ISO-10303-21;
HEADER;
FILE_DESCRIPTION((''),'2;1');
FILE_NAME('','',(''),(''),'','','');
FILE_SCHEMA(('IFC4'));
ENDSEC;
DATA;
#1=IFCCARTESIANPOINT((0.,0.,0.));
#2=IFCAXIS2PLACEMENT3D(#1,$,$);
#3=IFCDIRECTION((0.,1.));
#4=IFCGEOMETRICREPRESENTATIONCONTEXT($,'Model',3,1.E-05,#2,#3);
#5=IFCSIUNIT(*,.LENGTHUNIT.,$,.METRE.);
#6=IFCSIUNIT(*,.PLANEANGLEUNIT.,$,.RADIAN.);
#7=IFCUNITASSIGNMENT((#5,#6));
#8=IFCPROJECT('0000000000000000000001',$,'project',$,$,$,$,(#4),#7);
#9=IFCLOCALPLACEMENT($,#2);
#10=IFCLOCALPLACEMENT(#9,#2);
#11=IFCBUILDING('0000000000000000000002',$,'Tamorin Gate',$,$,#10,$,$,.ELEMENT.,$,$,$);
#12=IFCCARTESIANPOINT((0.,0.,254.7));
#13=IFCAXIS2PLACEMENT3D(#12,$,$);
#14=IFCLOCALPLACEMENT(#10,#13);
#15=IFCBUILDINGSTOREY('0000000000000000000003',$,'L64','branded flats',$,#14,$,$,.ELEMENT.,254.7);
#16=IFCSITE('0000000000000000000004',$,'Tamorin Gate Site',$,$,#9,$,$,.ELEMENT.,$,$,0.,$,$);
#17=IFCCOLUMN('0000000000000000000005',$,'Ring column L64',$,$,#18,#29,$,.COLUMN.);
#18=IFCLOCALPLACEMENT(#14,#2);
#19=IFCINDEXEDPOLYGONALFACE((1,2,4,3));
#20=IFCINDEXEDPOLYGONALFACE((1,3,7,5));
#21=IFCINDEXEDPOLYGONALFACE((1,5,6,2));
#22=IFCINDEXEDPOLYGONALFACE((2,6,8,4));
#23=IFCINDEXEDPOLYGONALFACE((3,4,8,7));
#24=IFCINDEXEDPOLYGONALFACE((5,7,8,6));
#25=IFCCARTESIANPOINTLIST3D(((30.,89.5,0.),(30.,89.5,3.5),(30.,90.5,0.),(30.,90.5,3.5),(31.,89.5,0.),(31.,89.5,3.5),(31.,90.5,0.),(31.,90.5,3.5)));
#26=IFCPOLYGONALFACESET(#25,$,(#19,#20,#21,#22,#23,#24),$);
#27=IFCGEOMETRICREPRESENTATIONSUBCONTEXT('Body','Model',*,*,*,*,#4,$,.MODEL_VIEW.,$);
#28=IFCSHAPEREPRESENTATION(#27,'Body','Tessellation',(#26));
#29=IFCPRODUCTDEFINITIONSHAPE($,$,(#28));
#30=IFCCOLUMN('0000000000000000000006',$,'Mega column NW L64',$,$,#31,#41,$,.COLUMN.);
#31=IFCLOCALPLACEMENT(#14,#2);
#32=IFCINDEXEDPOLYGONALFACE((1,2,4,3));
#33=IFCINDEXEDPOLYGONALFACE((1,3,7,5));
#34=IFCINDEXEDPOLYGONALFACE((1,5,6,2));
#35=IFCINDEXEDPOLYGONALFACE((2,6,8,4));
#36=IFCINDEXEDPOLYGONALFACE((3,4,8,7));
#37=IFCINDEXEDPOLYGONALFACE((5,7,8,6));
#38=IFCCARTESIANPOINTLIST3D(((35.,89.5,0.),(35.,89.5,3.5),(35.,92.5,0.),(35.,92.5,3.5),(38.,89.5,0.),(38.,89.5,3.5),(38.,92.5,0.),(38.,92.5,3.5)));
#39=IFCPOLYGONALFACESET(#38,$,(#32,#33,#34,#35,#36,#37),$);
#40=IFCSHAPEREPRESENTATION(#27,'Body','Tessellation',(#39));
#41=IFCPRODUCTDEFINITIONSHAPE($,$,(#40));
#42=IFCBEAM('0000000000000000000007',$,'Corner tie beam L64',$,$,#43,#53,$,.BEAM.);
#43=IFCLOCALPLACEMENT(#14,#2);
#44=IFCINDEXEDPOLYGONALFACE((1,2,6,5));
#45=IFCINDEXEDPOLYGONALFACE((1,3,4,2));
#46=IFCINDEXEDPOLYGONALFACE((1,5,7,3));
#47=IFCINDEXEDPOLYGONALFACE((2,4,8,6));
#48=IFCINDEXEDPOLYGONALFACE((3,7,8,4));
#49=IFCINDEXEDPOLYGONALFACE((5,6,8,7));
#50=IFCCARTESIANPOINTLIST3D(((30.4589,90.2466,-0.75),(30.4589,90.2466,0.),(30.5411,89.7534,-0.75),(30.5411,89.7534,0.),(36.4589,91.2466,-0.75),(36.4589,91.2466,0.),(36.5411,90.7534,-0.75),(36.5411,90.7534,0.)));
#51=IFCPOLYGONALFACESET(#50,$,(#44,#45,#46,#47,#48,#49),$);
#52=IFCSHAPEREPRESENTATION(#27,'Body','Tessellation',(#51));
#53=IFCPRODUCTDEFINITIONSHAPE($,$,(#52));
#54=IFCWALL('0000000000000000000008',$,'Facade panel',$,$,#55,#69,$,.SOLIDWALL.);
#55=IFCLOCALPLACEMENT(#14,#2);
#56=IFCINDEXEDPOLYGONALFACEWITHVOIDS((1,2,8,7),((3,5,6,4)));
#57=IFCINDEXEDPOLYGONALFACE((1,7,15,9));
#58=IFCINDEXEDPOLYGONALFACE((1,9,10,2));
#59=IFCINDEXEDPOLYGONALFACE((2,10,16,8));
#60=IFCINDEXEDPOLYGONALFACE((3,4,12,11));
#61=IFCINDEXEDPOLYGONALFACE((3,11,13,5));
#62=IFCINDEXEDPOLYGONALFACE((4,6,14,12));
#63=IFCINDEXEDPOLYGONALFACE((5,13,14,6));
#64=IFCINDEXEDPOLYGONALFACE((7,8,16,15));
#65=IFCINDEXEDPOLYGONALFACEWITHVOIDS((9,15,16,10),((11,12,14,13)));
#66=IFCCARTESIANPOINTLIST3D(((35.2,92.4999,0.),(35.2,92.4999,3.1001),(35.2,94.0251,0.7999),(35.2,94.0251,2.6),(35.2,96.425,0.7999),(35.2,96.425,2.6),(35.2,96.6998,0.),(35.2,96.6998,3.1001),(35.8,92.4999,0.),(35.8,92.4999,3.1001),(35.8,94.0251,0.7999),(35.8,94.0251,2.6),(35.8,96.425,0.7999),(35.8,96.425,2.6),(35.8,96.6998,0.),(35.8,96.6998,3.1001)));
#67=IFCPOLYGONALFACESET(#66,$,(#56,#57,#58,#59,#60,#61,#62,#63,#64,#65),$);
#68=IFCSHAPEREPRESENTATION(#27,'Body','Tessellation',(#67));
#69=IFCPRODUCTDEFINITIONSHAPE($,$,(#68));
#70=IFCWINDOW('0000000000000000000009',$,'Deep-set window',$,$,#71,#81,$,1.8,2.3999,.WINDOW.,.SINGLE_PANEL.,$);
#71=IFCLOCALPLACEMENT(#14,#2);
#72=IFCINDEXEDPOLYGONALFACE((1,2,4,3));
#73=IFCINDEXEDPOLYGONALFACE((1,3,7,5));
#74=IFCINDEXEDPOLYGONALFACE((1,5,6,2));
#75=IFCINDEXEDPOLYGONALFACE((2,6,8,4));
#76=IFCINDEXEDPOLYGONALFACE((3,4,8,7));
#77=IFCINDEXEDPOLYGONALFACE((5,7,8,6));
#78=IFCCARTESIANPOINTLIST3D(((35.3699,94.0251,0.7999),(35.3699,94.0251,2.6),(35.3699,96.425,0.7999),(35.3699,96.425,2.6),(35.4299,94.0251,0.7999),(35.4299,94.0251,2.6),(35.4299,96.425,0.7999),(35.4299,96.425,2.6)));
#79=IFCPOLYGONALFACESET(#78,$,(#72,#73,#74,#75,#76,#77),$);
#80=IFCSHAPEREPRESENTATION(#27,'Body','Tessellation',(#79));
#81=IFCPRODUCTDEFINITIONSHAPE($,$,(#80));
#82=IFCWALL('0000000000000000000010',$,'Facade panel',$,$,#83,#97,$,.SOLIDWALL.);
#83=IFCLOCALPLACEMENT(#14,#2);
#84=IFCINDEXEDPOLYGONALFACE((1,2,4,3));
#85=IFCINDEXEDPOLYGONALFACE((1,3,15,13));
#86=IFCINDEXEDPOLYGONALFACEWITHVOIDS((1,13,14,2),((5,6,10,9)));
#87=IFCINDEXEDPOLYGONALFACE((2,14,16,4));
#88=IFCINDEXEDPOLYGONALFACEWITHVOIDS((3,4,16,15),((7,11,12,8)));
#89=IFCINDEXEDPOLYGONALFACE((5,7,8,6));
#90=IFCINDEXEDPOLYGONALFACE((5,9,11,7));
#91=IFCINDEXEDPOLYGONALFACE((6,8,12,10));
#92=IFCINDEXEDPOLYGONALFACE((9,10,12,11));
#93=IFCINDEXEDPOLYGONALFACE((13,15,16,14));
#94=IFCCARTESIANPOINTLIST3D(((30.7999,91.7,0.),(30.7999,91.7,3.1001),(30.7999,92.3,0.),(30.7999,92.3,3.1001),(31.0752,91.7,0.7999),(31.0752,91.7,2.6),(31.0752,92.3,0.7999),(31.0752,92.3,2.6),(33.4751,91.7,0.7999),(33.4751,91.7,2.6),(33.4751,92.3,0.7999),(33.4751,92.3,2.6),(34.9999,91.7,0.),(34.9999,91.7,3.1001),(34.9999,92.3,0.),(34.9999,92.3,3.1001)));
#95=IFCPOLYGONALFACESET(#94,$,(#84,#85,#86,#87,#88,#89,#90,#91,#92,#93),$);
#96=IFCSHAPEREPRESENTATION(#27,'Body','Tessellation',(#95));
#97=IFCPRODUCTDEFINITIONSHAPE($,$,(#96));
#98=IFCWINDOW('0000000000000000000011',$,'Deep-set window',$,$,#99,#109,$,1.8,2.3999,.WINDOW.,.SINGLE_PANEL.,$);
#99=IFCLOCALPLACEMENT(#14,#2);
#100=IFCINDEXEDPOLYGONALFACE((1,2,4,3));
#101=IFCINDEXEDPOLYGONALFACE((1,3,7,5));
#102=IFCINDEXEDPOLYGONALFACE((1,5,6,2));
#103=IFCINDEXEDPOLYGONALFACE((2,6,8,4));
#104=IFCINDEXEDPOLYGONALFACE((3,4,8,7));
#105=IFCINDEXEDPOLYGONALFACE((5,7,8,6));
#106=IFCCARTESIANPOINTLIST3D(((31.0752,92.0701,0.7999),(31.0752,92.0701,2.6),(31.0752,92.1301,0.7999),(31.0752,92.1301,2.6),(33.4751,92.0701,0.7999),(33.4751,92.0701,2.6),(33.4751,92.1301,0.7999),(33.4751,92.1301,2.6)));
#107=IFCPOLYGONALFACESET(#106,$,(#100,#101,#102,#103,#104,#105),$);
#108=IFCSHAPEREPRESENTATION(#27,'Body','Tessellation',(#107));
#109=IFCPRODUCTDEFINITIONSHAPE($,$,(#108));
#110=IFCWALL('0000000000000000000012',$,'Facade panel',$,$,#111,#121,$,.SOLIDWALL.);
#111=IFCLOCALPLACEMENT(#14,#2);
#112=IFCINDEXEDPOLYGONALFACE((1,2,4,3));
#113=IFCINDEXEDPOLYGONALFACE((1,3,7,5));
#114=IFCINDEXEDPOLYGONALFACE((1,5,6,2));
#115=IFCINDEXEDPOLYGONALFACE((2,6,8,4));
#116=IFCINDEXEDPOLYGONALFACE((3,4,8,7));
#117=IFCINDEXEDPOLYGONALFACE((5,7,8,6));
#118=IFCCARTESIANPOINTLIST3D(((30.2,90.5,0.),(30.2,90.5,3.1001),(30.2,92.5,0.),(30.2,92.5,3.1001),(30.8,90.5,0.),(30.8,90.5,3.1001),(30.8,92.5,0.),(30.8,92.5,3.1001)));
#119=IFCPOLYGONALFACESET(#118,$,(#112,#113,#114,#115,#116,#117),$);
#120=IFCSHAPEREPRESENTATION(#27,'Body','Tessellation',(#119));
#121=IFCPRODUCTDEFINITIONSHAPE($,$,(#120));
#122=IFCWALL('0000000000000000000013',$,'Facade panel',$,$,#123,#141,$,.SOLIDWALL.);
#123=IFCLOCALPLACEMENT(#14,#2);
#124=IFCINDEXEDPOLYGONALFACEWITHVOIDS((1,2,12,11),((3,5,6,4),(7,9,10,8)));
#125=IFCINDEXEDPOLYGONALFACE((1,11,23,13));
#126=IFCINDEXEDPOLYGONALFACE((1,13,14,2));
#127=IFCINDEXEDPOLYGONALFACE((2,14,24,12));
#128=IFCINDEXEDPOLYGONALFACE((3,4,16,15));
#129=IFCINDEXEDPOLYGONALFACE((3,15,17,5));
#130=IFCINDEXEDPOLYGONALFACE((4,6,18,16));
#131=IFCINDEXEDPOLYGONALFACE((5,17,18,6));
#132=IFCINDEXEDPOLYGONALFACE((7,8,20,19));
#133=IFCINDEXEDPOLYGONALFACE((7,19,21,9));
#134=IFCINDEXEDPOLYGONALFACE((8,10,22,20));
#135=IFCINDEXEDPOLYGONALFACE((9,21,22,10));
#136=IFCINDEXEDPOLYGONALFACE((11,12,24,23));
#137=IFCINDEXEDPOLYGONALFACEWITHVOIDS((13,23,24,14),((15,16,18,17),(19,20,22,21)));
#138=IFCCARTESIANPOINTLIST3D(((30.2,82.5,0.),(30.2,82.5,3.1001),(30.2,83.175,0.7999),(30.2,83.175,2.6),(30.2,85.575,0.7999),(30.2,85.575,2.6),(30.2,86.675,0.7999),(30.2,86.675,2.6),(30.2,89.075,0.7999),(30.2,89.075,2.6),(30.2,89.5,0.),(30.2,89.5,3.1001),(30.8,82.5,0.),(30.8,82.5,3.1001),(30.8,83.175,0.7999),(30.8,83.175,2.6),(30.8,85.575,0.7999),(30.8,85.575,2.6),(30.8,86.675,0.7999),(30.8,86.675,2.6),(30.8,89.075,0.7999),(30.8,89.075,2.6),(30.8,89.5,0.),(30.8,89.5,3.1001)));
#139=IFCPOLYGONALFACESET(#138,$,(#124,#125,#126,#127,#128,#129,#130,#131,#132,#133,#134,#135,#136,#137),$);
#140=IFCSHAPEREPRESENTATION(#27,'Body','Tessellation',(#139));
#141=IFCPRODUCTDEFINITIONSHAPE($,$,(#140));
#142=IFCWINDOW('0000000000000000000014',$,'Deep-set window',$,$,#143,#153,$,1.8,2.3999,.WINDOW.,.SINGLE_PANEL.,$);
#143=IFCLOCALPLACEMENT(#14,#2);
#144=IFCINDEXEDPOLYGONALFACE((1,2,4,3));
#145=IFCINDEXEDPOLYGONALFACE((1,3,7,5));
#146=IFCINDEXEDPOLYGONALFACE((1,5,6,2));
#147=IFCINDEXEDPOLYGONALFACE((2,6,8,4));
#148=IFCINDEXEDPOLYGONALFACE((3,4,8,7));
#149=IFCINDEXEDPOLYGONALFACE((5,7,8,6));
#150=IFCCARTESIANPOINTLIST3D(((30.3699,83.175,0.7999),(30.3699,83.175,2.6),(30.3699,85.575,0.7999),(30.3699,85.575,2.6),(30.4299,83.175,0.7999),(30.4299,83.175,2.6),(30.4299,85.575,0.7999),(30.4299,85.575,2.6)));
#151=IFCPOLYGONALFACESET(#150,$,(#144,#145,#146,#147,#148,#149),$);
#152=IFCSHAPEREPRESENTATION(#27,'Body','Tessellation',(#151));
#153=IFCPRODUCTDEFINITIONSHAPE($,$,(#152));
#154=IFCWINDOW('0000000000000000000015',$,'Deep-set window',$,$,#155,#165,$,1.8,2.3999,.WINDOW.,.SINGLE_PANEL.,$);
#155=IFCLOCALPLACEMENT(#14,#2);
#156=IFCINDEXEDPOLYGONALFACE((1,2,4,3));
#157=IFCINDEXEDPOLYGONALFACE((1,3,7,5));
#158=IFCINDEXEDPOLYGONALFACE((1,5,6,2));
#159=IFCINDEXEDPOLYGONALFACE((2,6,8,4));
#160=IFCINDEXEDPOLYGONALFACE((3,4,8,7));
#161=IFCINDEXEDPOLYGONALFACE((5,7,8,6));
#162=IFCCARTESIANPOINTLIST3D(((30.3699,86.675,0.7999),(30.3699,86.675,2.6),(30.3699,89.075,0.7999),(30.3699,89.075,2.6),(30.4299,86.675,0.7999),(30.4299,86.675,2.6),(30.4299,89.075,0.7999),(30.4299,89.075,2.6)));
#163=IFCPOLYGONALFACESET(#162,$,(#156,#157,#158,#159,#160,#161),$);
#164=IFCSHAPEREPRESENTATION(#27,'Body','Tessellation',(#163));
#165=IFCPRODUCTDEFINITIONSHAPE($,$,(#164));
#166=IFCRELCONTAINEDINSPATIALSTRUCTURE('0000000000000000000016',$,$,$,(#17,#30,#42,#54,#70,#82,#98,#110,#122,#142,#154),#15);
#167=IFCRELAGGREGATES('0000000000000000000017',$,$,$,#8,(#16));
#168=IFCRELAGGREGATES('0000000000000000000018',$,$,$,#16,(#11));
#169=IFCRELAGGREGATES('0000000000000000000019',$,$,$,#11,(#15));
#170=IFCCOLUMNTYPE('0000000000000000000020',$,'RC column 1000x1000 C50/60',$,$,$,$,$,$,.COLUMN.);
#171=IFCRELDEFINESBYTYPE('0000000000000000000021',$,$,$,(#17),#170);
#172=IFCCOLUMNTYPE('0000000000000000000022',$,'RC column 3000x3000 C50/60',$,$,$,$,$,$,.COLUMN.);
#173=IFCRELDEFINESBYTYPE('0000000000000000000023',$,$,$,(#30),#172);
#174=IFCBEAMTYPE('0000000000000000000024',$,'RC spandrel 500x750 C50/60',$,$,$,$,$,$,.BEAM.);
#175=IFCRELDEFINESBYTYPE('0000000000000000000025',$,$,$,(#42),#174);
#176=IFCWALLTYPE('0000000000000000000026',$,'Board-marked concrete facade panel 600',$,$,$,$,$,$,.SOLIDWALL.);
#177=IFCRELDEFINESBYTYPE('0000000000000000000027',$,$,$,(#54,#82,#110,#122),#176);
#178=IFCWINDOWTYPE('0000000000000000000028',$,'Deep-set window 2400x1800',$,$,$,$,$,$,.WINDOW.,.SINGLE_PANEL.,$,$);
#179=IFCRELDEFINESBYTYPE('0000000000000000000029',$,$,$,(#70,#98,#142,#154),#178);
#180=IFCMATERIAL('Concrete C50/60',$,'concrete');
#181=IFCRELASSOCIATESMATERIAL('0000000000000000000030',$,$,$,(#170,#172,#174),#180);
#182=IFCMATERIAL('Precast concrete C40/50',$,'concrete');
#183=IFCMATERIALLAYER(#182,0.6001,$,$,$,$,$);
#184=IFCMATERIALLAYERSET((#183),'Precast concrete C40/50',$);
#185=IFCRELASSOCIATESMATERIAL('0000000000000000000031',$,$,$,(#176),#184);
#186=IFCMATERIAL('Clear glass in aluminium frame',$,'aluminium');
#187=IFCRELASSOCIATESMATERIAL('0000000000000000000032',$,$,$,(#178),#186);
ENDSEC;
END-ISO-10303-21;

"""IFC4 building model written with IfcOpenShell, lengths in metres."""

from ifc_helpers import new_model, si_unit, direction, frame, frame_2d, origin, origin_2d, place, context, subcontext, project, spatial, rectangle, extrude, material, layer, layer_set, material_profile, profile_set, type_object, element, fill, save


model = new_model("IFC4")

# Units and contexts
model_context = context("Model", 3, precision=1e-05, world=origin(), true_north=direction((0.0, 1.0)))
body_context = subcontext(model_context, "Body", "Model", "MODEL_VIEW")
ifc_project = project(units=[si_unit("LENGTHUNIT", "METRE"), si_unit("PLANEANGLEUNIT", "RADIAN")], contexts=[model_context])

# Site, building, storey
site_placement = place(None, origin())
site = spatial("IfcSite", under=ifc_project, at=site_placement, Name="Tamorin Gate Site", CompositionType="ELEMENT", RefElevation=0.0)
building_placement = place(site_placement, origin())
building = spatial("IfcBuilding", under=site, at=building_placement, Name="Tamorin Gate", CompositionType="ELEMENT")
storey_placement = place(building_placement, frame((0.0, 0.0, 254.7)))
storey = spatial("IfcBuildingStorey", under=building, at=storey_placement, Name="L64", Description="branded flats", CompositionType="ELEMENT", Elevation=254.7)

# Columns
ifc_material_1 = material(Name="Concrete C50/60", Category="concrete")
ifc_material_profile_1 = material_profile(ifc_material_1, rectangle(XDim=1.0, YDim=1.0, at=origin_2d()), Name="RC 1000x1000")
ifc_profile_set_1 = profile_set([ifc_material_profile_1], Name="Concrete C50/60")
column_type_1 = type_object("IfcColumnType", Name="RC column 1000x1000 C50/60", PredefinedType="COLUMN", material=ifc_profile_set_1)
column_1_placement = place(storey_placement, frame((30.5, 90.0, 0.0), z_axis=(0.0, 0.0, 1.0), x_axis=(1.0, 0.0, 0.0)))
element("IfcColumn", 1, at=column_1_placement, inside=storey, type_object=column_type_1, Name="Ring column L64", PredefinedType="COLUMN", context=body_context, shape_type="SweptSolid", body=[
    extrude(rectangle(XDim=1.0, YDim=1.0, at=origin_2d()), origin(), (0.0, 0.0, 1.0), 3.5),
])
ifc_material_profile_2 = material_profile(ifc_material_1, rectangle(XDim=3.0, YDim=3.0, at=origin_2d()), Name="RC 3000x3000")
ifc_profile_set_2 = profile_set([ifc_material_profile_2], Name="Concrete C50/60")
column_type_2 = type_object("IfcColumnType", Name="RC column 3000x3000 C50/60", PredefinedType="COLUMN", material=ifc_profile_set_2)
column_2_placement = place(storey_placement, frame((36.5, 91.0, 0.0), z_axis=(0.0, 0.0, 1.0), x_axis=(1.0, 0.0, 0.0)))
element("IfcColumn", 2, at=column_2_placement, inside=storey, type_object=column_type_2, Name="Mega column NW L64", PredefinedType="COLUMN", context=body_context, shape_type="SweptSolid", body=[
    extrude(rectangle(XDim=3.0, YDim=3.0, at=origin_2d()), origin(), (0.0, 0.0, 1.0), 3.5),
])

# Beam
ifc_material_profile_3 = material_profile(ifc_material_1, rectangle(XDim=0.5, YDim=0.75, at=origin_2d()), Name="RC 500x750")
ifc_profile_set_3 = profile_set([ifc_material_profile_3], Name="Concrete C50/60")
beam_type = type_object("IfcBeamType", Name="RC spandrel 500x750 C50/60", PredefinedType="BEAM", material=ifc_profile_set_3)
beam_placement = place(storey_placement, frame((36.5, 91.0, -0.375), z_axis=(-0.986394, -0.164399, 0.0), x_axis=(0.164399, -0.986394, 0.0)))
element("IfcBeam", 3, at=beam_placement, inside=storey, type_object=beam_type, Name="Corner tie beam L64", PredefinedType="BEAM", context=body_context, shape_type="SweptSolid", body=[
    extrude(rectangle(XDim=0.5, YDim=0.75, at=origin_2d()), origin(), (0.0, 0.0, 1.0), 6.0828),
])

# Walls, openings, windows
ifc_material_2 = material(Name="Precast concrete C40/50", Category="concrete")
ifc_layer_1 = layer(ifc_material_2, 0.6001)
ifc_layer_set_1 = layer_set([ifc_layer_1], Name="Precast concrete C40/50")
wall_type_1 = type_object("IfcWallType", Name="Board-marked concrete facade panel 600", PredefinedType="SOLIDWALL", material=ifc_layer_set_1)
wall_1_placement = place(storey_placement, frame((35.5, 96.7, 0.0), z_axis=(0.0, 0.0, 1.0), x_axis=(0.0, -1.0, 0.0)))
wall_1 = element("IfcWall", 4, at=wall_1_placement, inside=storey, type_object=wall_type_1, Name="Facade panel", PredefinedType="SOLIDWALL", context=body_context, shape_type="SweptSolid", body=[
    extrude(rectangle(XDim=4.2, YDim=0.6001, at=frame_2d((2.1001, 0.0))), origin(), (0.0, 0.0, 1.0), 3.1001),
])
opening_1_placement = place(wall_1_placement, frame((0.2749, 0.0, 0.8)))
opening_1 = element("IfcOpeningElement", 5, at=opening_1_placement, cuts=wall_1, PredefinedType="OPENING", context=body_context, shape_type="SweptSolid", body=[
    extrude(rectangle(XDim=2.3999, YDim=1.8, at=frame_2d((1.2, 0.8999))), frame((0.0, 0.3101, 0.0), z_axis=(0.0, -1.0, 0.0), x_axis=(1.0, 0.0, 0.0)), (0.0, 0.0, 1.0), 0.6201),
])
ifc_material_3 = material(Name="Clear glass in aluminium frame", Category="aluminium")
window_type = type_object("IfcWindowType", Name="Deep-set window 2400x1800", PartitioningType="SINGLE_PANEL", PredefinedType="WINDOW", material=ifc_material_3)
window_1_placement = place(opening_1_placement, origin())
window_1 = element("IfcWindow", 6, at=window_1_placement, inside=storey, type_object=window_type, Name="Deep-set window", OverallHeight=1.8, OverallWidth=2.3999, PartitioningType="SINGLE_PANEL", PredefinedType="WINDOW", context=body_context, shape_type="SweptSolid", body=[
    extrude(rectangle(XDim=2.3999, YDim=1.8, at=frame_2d((1.2, 0.8999))), frame((0.0, -0.0701, 0.0), z_axis=(0.0, -1.0, 0.0), x_axis=(1.0, 0.0, 0.0)), (0.0, 0.0, 1.0), 0.0601),
])
fill(opening_1, window_1)
wall_2_placement = place(storey_placement, frame((35.0, 92.0, 0.0), z_axis=(0.0, 0.0, 1.0), x_axis=(-1.0, 0.0, 0.0)))
wall_2 = element("IfcWall", 7, at=wall_2_placement, inside=storey, type_object=wall_type_1, Name="Facade panel", PredefinedType="SOLIDWALL", context=body_context, shape_type="SweptSolid", body=[
    extrude(rectangle(XDim=4.2, YDim=0.6001, at=frame_2d((2.1001, 0.0))), origin(), (0.0, 0.0, 1.0), 3.1001),
])
opening_2_placement = place(wall_2_placement, frame((1.5249, 0.0, 0.8)))
opening_2 = element("IfcOpeningElement", 8, at=opening_2_placement, cuts=wall_2, PredefinedType="OPENING", context=body_context, shape_type="SweptSolid", body=[
    extrude(rectangle(XDim=2.3999, YDim=1.8, at=frame_2d((1.2, 0.8999))), frame((0.0, 0.3101, 0.0), z_axis=(0.0, -1.0, 0.0), x_axis=(1.0, 0.0, 0.0)), (0.0, 0.0, 1.0), 0.6201),
])
window_2_placement = place(opening_2_placement, origin())
window_2 = element("IfcWindow", 9, at=window_2_placement, inside=storey, type_object=window_type, Name="Deep-set window", OverallHeight=1.8, OverallWidth=2.3999, PartitioningType="SINGLE_PANEL", PredefinedType="WINDOW", context=body_context, shape_type="SweptSolid", body=[
    extrude(rectangle(XDim=2.3999, YDim=1.8, at=frame_2d((1.2, 0.8999))), frame((0.0, -0.0701, 0.0), z_axis=(0.0, -1.0, 0.0), x_axis=(1.0, 0.0, 0.0)), (0.0, 0.0, 1.0), 0.0601),
])
fill(opening_2, window_2)

# Wall
wall_3_placement = place(storey_placement, frame((30.5, 92.5, 0.0), z_axis=(0.0, 0.0, 1.0), x_axis=(0.0, -1.0, 0.0)))
element("IfcWall", 10, at=wall_3_placement, inside=storey, type_object=wall_type_1, Name="Facade panel", PredefinedType="SOLIDWALL", context=body_context, shape_type="SweptSolid", body=[
    extrude(rectangle(XDim=2.0, YDim=0.6001, at=frame_2d((1.0, 0.0))), origin(), (0.0, 0.0, 1.0), 3.1001),
])

# Wall, openings, windows
wall_4_placement = place(storey_placement, frame((30.5, 89.5, 0.0), z_axis=(0.0, 0.0, 1.0), x_axis=(0.0, -1.0, 0.0)))
wall_4 = element("IfcWall", 11, at=wall_4_placement, inside=storey, type_object=wall_type_1, Name="Facade panel", PredefinedType="SOLIDWALL", context=body_context, shape_type="SweptSolid", body=[
    extrude(rectangle(XDim=7.0, YDim=0.6001, at=frame_2d((3.5, 0.0))), origin(), (0.0, 0.0, 1.0), 3.1001),
])
opening_3_placement = place(wall_4_placement, frame((3.925, 0.0, 0.8)))
opening_3 = element("IfcOpeningElement", 12, at=opening_3_placement, cuts=wall_4, PredefinedType="OPENING", context=body_context, shape_type="SweptSolid", body=[
    extrude(rectangle(XDim=2.3999, YDim=1.8, at=frame_2d((1.2, 0.8999))), frame((0.0, 0.3101, 0.0), z_axis=(0.0, -1.0, 0.0), x_axis=(1.0, 0.0, 0.0)), (0.0, 0.0, 1.0), 0.6201),
])
opening_4_placement = place(wall_4_placement, frame((0.425, 0.0, 0.8)))
opening_4 = element("IfcOpeningElement", 13, at=opening_4_placement, cuts=wall_4, PredefinedType="OPENING", context=body_context, shape_type="SweptSolid", body=[
    extrude(rectangle(XDim=2.3999, YDim=1.8, at=frame_2d((1.2, 0.8999))), frame((0.0, 0.3101, 0.0), z_axis=(0.0, -1.0, 0.0), x_axis=(1.0, 0.0, 0.0)), (0.0, 0.0, 1.0), 0.6201),
])
window_3_placement = place(opening_3_placement, origin())
window_3 = element("IfcWindow", 14, at=window_3_placement, inside=storey, type_object=window_type, Name="Deep-set window", OverallHeight=1.8, OverallWidth=2.3999, PartitioningType="SINGLE_PANEL", PredefinedType="WINDOW", context=body_context, shape_type="SweptSolid", body=[
    extrude(rectangle(XDim=2.3999, YDim=1.8, at=frame_2d((1.2, 0.8999))), frame((0.0, -0.0701, 0.0), z_axis=(0.0, -1.0, 0.0), x_axis=(1.0, 0.0, 0.0)), (0.0, 0.0, 1.0), 0.0601),
])
fill(opening_3, window_3)
window_4_placement = place(opening_4_placement, origin())
window_4 = element("IfcWindow", 15, at=window_4_placement, inside=storey, type_object=window_type, Name="Deep-set window", OverallHeight=1.8, OverallWidth=2.3999, PartitioningType="SINGLE_PANEL", PredefinedType="WINDOW", context=body_context, shape_type="SweptSolid", body=[
    extrude(rectangle(XDim=2.3999, YDim=1.8, at=frame_2d((1.2, 0.8999))), frame((0.0, -0.0701, 0.0), z_axis=(0.0, -1.0, 0.0), x_axis=(1.0, 0.0, 0.0)), (0.0, 0.0, 1.0), 0.0601),
])
fill(opening_4, window_4)

save(model, "model.ifc")
